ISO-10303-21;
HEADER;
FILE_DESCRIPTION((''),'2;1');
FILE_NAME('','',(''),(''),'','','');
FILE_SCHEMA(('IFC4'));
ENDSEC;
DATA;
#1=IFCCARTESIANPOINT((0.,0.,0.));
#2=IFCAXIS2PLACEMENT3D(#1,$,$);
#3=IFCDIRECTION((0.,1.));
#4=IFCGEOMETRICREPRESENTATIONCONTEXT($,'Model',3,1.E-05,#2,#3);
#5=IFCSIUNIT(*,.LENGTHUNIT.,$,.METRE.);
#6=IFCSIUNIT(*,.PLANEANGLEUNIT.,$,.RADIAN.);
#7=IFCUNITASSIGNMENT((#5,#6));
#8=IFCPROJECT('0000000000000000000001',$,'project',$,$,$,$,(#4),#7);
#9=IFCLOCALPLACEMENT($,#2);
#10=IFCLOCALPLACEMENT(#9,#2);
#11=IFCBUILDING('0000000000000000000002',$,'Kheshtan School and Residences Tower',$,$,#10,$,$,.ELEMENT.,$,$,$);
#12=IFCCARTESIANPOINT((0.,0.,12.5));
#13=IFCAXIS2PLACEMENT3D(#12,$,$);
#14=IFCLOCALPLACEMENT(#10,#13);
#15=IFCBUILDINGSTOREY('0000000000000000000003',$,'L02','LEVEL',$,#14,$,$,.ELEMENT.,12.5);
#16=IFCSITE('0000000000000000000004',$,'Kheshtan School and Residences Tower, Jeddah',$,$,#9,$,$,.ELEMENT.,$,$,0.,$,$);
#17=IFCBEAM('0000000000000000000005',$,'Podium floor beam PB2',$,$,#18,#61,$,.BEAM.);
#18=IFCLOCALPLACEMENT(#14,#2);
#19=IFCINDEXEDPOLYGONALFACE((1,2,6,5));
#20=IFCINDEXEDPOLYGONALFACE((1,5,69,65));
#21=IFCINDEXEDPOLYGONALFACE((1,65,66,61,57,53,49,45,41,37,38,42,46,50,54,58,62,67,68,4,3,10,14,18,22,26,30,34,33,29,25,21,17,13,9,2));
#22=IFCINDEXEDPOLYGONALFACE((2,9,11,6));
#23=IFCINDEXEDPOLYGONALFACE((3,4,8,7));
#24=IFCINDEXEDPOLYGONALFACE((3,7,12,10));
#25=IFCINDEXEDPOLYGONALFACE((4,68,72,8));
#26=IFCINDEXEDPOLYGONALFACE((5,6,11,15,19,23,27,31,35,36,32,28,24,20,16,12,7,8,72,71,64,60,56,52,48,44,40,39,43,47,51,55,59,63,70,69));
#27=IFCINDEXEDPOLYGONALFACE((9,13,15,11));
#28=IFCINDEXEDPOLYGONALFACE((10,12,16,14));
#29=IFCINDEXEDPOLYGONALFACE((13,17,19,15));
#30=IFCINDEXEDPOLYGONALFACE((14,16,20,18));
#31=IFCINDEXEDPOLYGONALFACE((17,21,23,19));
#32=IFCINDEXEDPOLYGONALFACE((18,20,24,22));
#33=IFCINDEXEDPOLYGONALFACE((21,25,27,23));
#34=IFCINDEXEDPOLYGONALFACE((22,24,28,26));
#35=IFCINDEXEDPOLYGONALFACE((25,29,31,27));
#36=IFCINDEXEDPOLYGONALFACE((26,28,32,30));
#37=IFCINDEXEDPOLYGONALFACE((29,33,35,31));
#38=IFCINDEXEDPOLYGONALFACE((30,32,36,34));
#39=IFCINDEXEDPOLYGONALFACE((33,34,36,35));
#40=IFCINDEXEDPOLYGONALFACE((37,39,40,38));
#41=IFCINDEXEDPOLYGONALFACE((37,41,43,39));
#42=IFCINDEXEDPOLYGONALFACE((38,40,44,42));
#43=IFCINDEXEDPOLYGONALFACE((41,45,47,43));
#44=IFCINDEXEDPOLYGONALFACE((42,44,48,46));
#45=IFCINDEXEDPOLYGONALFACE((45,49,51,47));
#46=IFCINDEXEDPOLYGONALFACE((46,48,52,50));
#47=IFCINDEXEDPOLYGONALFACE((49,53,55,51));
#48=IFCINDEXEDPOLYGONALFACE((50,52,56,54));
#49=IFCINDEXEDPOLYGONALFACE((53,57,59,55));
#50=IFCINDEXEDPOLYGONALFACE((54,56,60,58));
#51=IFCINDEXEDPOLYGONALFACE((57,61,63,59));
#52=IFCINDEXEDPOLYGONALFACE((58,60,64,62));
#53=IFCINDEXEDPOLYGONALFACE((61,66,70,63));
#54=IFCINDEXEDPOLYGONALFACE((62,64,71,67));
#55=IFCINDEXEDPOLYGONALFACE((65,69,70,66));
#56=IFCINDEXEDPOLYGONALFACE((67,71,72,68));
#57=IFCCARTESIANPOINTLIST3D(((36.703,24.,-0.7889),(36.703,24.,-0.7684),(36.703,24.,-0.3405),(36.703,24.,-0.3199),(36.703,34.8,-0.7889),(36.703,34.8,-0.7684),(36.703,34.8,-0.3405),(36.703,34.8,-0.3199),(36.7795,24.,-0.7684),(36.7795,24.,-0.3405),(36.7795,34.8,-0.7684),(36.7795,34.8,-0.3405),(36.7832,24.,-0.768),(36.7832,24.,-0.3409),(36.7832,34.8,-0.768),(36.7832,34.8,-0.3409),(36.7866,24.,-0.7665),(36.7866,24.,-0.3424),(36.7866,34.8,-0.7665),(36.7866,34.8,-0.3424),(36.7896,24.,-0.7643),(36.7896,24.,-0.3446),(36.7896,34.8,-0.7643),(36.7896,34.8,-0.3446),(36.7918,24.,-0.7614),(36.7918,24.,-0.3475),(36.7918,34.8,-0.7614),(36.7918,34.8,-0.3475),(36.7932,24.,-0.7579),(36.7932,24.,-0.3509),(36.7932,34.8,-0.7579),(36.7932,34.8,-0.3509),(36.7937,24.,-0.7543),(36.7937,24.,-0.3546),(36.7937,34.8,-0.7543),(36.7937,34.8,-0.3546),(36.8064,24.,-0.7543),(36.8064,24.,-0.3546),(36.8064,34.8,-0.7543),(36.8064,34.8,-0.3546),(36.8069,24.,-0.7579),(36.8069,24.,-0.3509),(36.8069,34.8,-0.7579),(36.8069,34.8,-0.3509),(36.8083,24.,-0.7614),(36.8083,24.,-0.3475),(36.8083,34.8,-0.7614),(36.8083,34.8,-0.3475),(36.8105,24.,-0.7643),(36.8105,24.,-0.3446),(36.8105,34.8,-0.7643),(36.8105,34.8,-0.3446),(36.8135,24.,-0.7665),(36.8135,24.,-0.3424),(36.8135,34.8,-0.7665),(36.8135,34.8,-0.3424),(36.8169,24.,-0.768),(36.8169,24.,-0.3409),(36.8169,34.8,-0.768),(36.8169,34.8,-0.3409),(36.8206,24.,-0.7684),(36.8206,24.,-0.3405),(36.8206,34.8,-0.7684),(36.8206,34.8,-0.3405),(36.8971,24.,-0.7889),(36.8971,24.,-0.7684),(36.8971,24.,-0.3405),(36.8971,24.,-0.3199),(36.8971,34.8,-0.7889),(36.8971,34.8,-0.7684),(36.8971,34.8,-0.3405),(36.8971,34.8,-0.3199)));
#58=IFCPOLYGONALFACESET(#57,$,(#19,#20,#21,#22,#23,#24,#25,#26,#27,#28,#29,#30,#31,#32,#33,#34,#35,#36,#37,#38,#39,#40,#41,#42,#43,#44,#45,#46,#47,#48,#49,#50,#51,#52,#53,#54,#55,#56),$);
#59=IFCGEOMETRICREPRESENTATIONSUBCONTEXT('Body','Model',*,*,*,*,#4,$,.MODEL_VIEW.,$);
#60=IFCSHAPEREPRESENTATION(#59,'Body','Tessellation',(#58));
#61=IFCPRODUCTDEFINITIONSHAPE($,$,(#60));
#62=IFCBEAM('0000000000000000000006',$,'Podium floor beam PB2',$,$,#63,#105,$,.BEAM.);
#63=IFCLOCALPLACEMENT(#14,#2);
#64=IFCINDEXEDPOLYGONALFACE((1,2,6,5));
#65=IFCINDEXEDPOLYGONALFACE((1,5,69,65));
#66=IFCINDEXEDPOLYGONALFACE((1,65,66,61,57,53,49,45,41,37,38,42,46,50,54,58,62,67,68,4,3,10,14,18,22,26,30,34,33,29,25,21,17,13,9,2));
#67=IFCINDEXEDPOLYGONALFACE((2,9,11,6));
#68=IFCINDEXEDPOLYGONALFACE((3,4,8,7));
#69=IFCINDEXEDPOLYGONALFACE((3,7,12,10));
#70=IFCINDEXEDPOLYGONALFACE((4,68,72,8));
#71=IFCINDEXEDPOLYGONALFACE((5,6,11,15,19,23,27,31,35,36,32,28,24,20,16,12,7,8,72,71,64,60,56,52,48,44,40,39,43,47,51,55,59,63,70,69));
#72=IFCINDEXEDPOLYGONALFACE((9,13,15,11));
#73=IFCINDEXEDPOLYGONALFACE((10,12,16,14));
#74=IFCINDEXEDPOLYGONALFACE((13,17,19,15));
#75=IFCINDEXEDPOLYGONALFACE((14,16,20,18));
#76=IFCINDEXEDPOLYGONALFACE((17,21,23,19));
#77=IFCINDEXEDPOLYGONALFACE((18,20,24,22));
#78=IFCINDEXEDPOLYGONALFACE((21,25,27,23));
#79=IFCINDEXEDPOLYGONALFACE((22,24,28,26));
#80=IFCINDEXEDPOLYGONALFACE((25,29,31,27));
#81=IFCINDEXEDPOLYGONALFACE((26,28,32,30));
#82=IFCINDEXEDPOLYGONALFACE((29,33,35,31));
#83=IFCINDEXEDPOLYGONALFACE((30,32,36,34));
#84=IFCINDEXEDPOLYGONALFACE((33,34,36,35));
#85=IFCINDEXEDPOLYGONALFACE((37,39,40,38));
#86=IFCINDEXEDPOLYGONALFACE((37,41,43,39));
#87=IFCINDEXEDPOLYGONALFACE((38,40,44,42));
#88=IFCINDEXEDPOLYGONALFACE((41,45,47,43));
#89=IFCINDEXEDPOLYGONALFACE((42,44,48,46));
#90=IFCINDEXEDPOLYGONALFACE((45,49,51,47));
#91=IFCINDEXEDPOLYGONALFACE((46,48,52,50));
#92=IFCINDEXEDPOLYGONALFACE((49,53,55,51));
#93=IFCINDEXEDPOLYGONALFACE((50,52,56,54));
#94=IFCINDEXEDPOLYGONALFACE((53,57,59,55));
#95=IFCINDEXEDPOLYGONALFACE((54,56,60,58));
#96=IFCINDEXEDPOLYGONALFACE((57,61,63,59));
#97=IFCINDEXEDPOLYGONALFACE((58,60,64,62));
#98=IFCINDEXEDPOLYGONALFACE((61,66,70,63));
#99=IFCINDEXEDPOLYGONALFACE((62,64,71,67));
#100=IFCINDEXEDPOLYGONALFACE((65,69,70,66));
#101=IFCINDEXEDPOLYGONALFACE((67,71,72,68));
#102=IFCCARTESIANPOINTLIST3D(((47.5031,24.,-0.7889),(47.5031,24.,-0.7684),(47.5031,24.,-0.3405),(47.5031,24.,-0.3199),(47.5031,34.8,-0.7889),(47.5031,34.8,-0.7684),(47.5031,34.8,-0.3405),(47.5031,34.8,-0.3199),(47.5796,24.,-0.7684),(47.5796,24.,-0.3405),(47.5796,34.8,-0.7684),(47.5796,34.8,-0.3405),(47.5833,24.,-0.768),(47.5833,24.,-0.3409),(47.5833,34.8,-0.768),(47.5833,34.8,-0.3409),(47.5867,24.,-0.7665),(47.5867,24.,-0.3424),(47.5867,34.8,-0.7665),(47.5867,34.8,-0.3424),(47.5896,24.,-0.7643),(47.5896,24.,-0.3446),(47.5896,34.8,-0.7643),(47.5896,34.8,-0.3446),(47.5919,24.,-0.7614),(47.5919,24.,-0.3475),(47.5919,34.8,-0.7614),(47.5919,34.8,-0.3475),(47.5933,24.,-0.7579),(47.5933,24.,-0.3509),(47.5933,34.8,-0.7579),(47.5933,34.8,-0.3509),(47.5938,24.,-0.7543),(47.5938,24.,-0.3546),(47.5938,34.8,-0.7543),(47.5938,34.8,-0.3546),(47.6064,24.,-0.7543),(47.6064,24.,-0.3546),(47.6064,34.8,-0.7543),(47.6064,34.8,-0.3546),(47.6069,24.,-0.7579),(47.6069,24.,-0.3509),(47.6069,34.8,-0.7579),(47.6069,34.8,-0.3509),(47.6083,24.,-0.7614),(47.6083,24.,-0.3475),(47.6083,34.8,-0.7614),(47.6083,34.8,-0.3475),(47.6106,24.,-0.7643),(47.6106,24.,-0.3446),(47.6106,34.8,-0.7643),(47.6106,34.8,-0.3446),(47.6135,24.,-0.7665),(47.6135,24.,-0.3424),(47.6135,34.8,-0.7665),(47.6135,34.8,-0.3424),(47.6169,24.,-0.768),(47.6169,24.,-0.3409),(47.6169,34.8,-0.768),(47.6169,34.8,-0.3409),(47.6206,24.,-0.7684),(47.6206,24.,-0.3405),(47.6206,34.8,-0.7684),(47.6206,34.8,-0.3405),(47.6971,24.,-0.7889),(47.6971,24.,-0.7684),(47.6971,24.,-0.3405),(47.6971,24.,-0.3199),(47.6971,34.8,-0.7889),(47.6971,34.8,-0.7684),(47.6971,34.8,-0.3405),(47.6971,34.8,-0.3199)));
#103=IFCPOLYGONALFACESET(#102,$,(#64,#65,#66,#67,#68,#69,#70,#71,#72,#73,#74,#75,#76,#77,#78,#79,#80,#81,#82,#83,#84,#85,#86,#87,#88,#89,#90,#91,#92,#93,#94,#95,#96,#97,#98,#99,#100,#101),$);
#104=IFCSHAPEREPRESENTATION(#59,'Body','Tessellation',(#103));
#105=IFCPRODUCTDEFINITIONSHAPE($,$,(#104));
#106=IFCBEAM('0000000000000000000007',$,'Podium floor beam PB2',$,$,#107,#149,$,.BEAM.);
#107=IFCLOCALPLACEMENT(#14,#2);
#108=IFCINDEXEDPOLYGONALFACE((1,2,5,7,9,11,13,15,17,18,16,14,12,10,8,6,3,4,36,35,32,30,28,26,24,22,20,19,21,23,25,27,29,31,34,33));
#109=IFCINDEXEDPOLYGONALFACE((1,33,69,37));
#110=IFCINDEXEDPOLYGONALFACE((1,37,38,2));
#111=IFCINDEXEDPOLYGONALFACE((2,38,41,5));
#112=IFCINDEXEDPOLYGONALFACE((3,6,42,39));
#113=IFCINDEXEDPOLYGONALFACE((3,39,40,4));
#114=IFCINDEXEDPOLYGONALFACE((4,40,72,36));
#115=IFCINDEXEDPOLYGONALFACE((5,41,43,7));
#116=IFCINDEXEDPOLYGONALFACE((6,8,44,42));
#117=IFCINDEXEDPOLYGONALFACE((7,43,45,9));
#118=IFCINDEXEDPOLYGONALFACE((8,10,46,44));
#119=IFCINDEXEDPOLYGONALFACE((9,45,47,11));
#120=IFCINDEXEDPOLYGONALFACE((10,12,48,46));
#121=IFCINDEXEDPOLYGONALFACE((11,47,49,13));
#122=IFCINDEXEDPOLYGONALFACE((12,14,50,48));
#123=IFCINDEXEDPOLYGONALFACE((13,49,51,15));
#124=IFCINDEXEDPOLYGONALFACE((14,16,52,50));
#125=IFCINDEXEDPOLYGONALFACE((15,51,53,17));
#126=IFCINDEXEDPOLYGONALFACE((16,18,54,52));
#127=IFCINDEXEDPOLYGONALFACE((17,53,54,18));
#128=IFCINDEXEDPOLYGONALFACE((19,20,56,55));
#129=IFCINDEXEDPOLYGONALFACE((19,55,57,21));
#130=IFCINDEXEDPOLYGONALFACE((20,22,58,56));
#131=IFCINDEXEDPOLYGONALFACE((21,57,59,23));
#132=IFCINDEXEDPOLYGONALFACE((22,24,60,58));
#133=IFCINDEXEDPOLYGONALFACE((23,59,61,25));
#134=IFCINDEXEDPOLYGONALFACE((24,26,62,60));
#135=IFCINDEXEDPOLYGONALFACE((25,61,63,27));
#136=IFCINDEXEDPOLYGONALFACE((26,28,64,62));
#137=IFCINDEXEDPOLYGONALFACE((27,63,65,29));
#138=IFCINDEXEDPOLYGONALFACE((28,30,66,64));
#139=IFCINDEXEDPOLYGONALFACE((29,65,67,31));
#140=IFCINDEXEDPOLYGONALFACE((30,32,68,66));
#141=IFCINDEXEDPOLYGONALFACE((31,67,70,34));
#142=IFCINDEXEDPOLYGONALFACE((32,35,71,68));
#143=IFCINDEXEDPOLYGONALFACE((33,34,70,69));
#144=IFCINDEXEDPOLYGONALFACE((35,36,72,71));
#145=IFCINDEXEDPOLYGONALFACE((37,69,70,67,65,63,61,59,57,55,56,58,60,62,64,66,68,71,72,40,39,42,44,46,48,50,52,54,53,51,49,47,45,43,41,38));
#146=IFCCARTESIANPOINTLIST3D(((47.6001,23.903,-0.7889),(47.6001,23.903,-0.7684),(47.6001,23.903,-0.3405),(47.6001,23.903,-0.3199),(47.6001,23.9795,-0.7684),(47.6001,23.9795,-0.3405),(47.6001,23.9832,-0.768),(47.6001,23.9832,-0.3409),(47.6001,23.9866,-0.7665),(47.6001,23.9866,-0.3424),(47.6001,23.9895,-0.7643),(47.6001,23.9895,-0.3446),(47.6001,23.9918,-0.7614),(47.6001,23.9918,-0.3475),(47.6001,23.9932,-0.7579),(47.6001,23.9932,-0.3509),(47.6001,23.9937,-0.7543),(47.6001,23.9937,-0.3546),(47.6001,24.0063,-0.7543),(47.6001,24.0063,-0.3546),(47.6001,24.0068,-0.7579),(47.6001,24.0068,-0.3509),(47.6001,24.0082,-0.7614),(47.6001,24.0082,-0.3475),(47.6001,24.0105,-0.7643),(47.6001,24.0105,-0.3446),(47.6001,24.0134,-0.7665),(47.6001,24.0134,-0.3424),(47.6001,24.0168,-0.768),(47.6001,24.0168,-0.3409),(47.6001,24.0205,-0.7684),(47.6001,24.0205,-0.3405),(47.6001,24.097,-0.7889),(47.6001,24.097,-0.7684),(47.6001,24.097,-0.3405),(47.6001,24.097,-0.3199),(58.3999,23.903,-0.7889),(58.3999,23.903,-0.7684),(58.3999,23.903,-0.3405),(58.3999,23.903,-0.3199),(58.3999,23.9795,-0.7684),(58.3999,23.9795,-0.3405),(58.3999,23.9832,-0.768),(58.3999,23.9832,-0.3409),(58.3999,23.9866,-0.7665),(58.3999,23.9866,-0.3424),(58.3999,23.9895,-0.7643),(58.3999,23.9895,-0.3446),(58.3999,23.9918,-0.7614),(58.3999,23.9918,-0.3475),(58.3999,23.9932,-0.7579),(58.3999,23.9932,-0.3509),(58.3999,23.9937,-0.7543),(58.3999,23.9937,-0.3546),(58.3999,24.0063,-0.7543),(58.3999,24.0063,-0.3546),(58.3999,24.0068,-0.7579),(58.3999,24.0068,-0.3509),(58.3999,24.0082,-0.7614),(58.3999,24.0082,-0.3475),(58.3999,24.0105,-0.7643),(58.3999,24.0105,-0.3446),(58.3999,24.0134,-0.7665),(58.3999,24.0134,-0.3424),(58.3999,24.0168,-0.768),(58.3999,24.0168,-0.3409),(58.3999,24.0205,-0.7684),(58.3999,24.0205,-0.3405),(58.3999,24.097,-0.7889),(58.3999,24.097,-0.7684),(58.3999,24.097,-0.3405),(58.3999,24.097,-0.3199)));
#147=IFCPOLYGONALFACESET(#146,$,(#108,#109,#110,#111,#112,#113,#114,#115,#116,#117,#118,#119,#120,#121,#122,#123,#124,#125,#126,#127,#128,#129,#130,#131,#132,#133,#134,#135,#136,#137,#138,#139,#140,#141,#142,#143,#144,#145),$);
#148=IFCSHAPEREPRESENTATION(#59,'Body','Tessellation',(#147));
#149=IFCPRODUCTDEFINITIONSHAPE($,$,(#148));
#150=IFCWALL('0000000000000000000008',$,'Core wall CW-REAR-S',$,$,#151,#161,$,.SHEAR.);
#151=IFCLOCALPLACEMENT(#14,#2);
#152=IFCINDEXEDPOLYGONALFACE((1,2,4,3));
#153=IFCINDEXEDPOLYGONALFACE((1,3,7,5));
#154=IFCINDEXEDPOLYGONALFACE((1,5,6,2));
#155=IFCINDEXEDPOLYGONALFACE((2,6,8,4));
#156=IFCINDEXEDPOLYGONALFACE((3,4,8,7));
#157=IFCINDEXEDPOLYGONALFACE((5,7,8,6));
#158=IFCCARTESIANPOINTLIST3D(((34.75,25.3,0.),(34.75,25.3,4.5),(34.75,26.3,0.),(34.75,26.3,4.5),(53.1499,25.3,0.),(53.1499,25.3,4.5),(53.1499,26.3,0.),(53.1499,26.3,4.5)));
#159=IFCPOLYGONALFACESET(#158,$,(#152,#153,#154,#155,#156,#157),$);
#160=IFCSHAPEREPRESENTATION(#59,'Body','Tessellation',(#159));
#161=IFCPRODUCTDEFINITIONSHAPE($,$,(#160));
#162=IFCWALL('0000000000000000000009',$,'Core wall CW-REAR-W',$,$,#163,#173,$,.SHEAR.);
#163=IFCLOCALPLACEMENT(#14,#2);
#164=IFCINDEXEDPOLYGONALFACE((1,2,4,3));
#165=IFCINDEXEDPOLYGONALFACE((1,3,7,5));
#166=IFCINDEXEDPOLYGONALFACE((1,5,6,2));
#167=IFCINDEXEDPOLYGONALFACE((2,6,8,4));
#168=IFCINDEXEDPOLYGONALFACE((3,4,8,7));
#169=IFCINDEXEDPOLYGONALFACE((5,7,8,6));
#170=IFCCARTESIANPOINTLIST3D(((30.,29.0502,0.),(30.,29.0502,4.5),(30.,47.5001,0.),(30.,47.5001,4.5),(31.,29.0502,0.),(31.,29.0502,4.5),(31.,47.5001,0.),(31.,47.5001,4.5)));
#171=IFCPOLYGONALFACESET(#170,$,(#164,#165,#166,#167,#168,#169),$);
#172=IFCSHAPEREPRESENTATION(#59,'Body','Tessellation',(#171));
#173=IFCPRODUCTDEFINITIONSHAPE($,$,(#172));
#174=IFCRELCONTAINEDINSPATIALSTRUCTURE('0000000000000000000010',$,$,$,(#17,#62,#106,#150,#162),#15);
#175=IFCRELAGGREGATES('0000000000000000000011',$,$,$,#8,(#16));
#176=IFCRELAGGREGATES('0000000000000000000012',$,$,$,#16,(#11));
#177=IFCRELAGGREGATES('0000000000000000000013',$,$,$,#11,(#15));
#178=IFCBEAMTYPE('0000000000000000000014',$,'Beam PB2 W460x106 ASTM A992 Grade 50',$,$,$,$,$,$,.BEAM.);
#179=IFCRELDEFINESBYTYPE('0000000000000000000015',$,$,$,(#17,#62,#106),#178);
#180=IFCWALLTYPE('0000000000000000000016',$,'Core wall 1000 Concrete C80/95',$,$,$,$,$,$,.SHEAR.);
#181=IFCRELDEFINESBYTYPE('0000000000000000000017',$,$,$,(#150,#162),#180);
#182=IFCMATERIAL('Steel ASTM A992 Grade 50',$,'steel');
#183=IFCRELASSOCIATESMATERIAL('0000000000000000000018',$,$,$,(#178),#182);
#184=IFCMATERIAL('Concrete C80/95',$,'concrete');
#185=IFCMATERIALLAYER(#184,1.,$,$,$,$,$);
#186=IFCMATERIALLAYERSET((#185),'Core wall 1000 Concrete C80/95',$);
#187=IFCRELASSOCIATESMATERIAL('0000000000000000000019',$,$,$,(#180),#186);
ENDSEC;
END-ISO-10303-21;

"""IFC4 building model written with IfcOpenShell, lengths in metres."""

from ifc_helpers import new_model, si_unit, direction, frame, frame_2d, origin, origin_2d, place, context, subcontext, project, spatial, rectangle, i_section, extrude, material, layer, layer_set, material_profile, profile_set, type_object, element, save


model = new_model("IFC4")

# Units and contexts
model_context = context("Model", 3, precision=1e-05, world=origin(), true_north=direction((0.0, 1.0)))
body_context = subcontext(model_context, "Body", "Model", "MODEL_VIEW")
ifc_project = project(units=[si_unit("LENGTHUNIT", "METRE"), si_unit("PLANEANGLEUNIT", "RADIAN")], contexts=[model_context])

# Site, building, storey
site_placement = place(None, origin())
site = spatial("IfcSite", under=ifc_project, at=site_placement, Name="Kheshtan School and Residences Tower, Jeddah", CompositionType="ELEMENT", RefElevation=0.0)
building_placement = place(site_placement, origin())
building = spatial("IfcBuilding", under=site, at=building_placement, Name="Kheshtan School and Residences Tower", CompositionType="ELEMENT")
storey_placement = place(building_placement, frame((0.0, 0.0, 12.5)))
storey = spatial("IfcBuildingStorey", under=building, at=storey_placement, Name="L02", Description="LEVEL", CompositionType="ELEMENT", Elevation=12.5)

# Shared definitions
ifc_material_1 = material(Name="Steel ASTM A992 Grade 50", Category="steel")

# Beams
ifc_material_profile_1 = material_profile(ifc_material_1, i_section(OverallWidth=0.1941, OverallDepth=0.469, WebThickness=0.0127, FlangeThickness=0.0205, FilletRadius=0.0142, at=origin_2d()), Name="W460x106")
ifc_profile_set_1 = profile_set([ifc_material_profile_1], Name="Steel ASTM A992 Grade 50")
beam_type = type_object("IfcBeamType", Name="Beam PB2 W460x106 ASTM A992 Grade 50", PredefinedType="BEAM", material=ifc_profile_set_1)
for number, where, z_axis, x_axis, name in (
    (1, (36.8, 24.0, -0.5544), (0.0, 1.0, 0.0), (-1.0, 0.0, 0.0), "Podium floor beam PB2"),
    (2, (47.6001, 24.0, -0.5544), (0.0, 1.0, 0.0), (-1.0, 0.0, 0.0), "Podium floor beam PB2"),
):
    element("IfcBeam", number, at=place(storey_placement, frame(where, z_axis=z_axis, x_axis=x_axis)), inside=storey, type_object=beam_type, Name=name, PredefinedType="BEAM", context=body_context, shape_type="SweptSolid", body=[
        extrude(i_section(OverallWidth=0.1941, OverallDepth=0.469, WebThickness=0.0127, FlangeThickness=0.0205, FilletRadius=0.0142, at=origin_2d()), origin(), (0.0, 0.0, 1.0), 10.8),
    ])
beam_placement = place(storey_placement, frame((47.6001, 24.0, -0.5544), z_axis=(1.0, 0.0, 0.0), x_axis=(0.0, 1.0, 0.0)))
element("IfcBeam", 3, at=beam_placement, inside=storey, type_object=beam_type, Name="Podium floor beam PB2", PredefinedType="BEAM", context=body_context, shape_type="SweptSolid", body=[
    extrude(i_section(OverallWidth=0.1941, OverallDepth=0.469, WebThickness=0.0127, FlangeThickness=0.0205, FilletRadius=0.0142, at=origin_2d()), origin(), (0.0, 0.0, 1.0), 10.7998),
])

# Walls
ifc_material_2 = material(Name="Concrete C80/95", Category="concrete")
ifc_layer_1 = layer(ifc_material_2, 1.0)
ifc_layer_set_1 = layer_set([ifc_layer_1], Name="Core wall 1000 Concrete C80/95")
wall_type_1 = type_object("IfcWallType", Name="Core wall 1000 Concrete C80/95", PredefinedType="SHEAR", material=ifc_layer_set_1)
wall_1_placement = place(storey_placement, frame((34.75, 25.8, 0.0), z_axis=(0.0, 0.0, 1.0), x_axis=(1.0, 0.0, 0.0)))
element("IfcWall", 4, at=wall_1_placement, inside=storey, type_object=wall_type_1, Name="Core wall CW-REAR-S", PredefinedType="SHEAR", context=body_context, shape_type="SweptSolid", body=[
    extrude(rectangle(XDim=18.3999, YDim=1.0, at=frame_2d((9.2, 0.0))), origin(), (0.0, 0.0, 1.0), 4.5),
])
wall_2_placement = place(storey_placement, frame((30.5, 29.05, 0.0), z_axis=(0.0, 0.0, 1.0), x_axis=(0.0, 1.0, 0.0)))
element("IfcWall", 5, at=wall_2_placement, inside=storey, type_object=wall_type_1, Name="Core wall CW-REAR-W", PredefinedType="SHEAR", context=body_context, shape_type="SweptSolid", body=[
    extrude(rectangle(XDim=18.45, YDim=1.0, at=frame_2d((9.2251, 0.0))), origin(), (0.0, 0.0, 1.0), 4.5),
])

save(model, "model.ifc")
